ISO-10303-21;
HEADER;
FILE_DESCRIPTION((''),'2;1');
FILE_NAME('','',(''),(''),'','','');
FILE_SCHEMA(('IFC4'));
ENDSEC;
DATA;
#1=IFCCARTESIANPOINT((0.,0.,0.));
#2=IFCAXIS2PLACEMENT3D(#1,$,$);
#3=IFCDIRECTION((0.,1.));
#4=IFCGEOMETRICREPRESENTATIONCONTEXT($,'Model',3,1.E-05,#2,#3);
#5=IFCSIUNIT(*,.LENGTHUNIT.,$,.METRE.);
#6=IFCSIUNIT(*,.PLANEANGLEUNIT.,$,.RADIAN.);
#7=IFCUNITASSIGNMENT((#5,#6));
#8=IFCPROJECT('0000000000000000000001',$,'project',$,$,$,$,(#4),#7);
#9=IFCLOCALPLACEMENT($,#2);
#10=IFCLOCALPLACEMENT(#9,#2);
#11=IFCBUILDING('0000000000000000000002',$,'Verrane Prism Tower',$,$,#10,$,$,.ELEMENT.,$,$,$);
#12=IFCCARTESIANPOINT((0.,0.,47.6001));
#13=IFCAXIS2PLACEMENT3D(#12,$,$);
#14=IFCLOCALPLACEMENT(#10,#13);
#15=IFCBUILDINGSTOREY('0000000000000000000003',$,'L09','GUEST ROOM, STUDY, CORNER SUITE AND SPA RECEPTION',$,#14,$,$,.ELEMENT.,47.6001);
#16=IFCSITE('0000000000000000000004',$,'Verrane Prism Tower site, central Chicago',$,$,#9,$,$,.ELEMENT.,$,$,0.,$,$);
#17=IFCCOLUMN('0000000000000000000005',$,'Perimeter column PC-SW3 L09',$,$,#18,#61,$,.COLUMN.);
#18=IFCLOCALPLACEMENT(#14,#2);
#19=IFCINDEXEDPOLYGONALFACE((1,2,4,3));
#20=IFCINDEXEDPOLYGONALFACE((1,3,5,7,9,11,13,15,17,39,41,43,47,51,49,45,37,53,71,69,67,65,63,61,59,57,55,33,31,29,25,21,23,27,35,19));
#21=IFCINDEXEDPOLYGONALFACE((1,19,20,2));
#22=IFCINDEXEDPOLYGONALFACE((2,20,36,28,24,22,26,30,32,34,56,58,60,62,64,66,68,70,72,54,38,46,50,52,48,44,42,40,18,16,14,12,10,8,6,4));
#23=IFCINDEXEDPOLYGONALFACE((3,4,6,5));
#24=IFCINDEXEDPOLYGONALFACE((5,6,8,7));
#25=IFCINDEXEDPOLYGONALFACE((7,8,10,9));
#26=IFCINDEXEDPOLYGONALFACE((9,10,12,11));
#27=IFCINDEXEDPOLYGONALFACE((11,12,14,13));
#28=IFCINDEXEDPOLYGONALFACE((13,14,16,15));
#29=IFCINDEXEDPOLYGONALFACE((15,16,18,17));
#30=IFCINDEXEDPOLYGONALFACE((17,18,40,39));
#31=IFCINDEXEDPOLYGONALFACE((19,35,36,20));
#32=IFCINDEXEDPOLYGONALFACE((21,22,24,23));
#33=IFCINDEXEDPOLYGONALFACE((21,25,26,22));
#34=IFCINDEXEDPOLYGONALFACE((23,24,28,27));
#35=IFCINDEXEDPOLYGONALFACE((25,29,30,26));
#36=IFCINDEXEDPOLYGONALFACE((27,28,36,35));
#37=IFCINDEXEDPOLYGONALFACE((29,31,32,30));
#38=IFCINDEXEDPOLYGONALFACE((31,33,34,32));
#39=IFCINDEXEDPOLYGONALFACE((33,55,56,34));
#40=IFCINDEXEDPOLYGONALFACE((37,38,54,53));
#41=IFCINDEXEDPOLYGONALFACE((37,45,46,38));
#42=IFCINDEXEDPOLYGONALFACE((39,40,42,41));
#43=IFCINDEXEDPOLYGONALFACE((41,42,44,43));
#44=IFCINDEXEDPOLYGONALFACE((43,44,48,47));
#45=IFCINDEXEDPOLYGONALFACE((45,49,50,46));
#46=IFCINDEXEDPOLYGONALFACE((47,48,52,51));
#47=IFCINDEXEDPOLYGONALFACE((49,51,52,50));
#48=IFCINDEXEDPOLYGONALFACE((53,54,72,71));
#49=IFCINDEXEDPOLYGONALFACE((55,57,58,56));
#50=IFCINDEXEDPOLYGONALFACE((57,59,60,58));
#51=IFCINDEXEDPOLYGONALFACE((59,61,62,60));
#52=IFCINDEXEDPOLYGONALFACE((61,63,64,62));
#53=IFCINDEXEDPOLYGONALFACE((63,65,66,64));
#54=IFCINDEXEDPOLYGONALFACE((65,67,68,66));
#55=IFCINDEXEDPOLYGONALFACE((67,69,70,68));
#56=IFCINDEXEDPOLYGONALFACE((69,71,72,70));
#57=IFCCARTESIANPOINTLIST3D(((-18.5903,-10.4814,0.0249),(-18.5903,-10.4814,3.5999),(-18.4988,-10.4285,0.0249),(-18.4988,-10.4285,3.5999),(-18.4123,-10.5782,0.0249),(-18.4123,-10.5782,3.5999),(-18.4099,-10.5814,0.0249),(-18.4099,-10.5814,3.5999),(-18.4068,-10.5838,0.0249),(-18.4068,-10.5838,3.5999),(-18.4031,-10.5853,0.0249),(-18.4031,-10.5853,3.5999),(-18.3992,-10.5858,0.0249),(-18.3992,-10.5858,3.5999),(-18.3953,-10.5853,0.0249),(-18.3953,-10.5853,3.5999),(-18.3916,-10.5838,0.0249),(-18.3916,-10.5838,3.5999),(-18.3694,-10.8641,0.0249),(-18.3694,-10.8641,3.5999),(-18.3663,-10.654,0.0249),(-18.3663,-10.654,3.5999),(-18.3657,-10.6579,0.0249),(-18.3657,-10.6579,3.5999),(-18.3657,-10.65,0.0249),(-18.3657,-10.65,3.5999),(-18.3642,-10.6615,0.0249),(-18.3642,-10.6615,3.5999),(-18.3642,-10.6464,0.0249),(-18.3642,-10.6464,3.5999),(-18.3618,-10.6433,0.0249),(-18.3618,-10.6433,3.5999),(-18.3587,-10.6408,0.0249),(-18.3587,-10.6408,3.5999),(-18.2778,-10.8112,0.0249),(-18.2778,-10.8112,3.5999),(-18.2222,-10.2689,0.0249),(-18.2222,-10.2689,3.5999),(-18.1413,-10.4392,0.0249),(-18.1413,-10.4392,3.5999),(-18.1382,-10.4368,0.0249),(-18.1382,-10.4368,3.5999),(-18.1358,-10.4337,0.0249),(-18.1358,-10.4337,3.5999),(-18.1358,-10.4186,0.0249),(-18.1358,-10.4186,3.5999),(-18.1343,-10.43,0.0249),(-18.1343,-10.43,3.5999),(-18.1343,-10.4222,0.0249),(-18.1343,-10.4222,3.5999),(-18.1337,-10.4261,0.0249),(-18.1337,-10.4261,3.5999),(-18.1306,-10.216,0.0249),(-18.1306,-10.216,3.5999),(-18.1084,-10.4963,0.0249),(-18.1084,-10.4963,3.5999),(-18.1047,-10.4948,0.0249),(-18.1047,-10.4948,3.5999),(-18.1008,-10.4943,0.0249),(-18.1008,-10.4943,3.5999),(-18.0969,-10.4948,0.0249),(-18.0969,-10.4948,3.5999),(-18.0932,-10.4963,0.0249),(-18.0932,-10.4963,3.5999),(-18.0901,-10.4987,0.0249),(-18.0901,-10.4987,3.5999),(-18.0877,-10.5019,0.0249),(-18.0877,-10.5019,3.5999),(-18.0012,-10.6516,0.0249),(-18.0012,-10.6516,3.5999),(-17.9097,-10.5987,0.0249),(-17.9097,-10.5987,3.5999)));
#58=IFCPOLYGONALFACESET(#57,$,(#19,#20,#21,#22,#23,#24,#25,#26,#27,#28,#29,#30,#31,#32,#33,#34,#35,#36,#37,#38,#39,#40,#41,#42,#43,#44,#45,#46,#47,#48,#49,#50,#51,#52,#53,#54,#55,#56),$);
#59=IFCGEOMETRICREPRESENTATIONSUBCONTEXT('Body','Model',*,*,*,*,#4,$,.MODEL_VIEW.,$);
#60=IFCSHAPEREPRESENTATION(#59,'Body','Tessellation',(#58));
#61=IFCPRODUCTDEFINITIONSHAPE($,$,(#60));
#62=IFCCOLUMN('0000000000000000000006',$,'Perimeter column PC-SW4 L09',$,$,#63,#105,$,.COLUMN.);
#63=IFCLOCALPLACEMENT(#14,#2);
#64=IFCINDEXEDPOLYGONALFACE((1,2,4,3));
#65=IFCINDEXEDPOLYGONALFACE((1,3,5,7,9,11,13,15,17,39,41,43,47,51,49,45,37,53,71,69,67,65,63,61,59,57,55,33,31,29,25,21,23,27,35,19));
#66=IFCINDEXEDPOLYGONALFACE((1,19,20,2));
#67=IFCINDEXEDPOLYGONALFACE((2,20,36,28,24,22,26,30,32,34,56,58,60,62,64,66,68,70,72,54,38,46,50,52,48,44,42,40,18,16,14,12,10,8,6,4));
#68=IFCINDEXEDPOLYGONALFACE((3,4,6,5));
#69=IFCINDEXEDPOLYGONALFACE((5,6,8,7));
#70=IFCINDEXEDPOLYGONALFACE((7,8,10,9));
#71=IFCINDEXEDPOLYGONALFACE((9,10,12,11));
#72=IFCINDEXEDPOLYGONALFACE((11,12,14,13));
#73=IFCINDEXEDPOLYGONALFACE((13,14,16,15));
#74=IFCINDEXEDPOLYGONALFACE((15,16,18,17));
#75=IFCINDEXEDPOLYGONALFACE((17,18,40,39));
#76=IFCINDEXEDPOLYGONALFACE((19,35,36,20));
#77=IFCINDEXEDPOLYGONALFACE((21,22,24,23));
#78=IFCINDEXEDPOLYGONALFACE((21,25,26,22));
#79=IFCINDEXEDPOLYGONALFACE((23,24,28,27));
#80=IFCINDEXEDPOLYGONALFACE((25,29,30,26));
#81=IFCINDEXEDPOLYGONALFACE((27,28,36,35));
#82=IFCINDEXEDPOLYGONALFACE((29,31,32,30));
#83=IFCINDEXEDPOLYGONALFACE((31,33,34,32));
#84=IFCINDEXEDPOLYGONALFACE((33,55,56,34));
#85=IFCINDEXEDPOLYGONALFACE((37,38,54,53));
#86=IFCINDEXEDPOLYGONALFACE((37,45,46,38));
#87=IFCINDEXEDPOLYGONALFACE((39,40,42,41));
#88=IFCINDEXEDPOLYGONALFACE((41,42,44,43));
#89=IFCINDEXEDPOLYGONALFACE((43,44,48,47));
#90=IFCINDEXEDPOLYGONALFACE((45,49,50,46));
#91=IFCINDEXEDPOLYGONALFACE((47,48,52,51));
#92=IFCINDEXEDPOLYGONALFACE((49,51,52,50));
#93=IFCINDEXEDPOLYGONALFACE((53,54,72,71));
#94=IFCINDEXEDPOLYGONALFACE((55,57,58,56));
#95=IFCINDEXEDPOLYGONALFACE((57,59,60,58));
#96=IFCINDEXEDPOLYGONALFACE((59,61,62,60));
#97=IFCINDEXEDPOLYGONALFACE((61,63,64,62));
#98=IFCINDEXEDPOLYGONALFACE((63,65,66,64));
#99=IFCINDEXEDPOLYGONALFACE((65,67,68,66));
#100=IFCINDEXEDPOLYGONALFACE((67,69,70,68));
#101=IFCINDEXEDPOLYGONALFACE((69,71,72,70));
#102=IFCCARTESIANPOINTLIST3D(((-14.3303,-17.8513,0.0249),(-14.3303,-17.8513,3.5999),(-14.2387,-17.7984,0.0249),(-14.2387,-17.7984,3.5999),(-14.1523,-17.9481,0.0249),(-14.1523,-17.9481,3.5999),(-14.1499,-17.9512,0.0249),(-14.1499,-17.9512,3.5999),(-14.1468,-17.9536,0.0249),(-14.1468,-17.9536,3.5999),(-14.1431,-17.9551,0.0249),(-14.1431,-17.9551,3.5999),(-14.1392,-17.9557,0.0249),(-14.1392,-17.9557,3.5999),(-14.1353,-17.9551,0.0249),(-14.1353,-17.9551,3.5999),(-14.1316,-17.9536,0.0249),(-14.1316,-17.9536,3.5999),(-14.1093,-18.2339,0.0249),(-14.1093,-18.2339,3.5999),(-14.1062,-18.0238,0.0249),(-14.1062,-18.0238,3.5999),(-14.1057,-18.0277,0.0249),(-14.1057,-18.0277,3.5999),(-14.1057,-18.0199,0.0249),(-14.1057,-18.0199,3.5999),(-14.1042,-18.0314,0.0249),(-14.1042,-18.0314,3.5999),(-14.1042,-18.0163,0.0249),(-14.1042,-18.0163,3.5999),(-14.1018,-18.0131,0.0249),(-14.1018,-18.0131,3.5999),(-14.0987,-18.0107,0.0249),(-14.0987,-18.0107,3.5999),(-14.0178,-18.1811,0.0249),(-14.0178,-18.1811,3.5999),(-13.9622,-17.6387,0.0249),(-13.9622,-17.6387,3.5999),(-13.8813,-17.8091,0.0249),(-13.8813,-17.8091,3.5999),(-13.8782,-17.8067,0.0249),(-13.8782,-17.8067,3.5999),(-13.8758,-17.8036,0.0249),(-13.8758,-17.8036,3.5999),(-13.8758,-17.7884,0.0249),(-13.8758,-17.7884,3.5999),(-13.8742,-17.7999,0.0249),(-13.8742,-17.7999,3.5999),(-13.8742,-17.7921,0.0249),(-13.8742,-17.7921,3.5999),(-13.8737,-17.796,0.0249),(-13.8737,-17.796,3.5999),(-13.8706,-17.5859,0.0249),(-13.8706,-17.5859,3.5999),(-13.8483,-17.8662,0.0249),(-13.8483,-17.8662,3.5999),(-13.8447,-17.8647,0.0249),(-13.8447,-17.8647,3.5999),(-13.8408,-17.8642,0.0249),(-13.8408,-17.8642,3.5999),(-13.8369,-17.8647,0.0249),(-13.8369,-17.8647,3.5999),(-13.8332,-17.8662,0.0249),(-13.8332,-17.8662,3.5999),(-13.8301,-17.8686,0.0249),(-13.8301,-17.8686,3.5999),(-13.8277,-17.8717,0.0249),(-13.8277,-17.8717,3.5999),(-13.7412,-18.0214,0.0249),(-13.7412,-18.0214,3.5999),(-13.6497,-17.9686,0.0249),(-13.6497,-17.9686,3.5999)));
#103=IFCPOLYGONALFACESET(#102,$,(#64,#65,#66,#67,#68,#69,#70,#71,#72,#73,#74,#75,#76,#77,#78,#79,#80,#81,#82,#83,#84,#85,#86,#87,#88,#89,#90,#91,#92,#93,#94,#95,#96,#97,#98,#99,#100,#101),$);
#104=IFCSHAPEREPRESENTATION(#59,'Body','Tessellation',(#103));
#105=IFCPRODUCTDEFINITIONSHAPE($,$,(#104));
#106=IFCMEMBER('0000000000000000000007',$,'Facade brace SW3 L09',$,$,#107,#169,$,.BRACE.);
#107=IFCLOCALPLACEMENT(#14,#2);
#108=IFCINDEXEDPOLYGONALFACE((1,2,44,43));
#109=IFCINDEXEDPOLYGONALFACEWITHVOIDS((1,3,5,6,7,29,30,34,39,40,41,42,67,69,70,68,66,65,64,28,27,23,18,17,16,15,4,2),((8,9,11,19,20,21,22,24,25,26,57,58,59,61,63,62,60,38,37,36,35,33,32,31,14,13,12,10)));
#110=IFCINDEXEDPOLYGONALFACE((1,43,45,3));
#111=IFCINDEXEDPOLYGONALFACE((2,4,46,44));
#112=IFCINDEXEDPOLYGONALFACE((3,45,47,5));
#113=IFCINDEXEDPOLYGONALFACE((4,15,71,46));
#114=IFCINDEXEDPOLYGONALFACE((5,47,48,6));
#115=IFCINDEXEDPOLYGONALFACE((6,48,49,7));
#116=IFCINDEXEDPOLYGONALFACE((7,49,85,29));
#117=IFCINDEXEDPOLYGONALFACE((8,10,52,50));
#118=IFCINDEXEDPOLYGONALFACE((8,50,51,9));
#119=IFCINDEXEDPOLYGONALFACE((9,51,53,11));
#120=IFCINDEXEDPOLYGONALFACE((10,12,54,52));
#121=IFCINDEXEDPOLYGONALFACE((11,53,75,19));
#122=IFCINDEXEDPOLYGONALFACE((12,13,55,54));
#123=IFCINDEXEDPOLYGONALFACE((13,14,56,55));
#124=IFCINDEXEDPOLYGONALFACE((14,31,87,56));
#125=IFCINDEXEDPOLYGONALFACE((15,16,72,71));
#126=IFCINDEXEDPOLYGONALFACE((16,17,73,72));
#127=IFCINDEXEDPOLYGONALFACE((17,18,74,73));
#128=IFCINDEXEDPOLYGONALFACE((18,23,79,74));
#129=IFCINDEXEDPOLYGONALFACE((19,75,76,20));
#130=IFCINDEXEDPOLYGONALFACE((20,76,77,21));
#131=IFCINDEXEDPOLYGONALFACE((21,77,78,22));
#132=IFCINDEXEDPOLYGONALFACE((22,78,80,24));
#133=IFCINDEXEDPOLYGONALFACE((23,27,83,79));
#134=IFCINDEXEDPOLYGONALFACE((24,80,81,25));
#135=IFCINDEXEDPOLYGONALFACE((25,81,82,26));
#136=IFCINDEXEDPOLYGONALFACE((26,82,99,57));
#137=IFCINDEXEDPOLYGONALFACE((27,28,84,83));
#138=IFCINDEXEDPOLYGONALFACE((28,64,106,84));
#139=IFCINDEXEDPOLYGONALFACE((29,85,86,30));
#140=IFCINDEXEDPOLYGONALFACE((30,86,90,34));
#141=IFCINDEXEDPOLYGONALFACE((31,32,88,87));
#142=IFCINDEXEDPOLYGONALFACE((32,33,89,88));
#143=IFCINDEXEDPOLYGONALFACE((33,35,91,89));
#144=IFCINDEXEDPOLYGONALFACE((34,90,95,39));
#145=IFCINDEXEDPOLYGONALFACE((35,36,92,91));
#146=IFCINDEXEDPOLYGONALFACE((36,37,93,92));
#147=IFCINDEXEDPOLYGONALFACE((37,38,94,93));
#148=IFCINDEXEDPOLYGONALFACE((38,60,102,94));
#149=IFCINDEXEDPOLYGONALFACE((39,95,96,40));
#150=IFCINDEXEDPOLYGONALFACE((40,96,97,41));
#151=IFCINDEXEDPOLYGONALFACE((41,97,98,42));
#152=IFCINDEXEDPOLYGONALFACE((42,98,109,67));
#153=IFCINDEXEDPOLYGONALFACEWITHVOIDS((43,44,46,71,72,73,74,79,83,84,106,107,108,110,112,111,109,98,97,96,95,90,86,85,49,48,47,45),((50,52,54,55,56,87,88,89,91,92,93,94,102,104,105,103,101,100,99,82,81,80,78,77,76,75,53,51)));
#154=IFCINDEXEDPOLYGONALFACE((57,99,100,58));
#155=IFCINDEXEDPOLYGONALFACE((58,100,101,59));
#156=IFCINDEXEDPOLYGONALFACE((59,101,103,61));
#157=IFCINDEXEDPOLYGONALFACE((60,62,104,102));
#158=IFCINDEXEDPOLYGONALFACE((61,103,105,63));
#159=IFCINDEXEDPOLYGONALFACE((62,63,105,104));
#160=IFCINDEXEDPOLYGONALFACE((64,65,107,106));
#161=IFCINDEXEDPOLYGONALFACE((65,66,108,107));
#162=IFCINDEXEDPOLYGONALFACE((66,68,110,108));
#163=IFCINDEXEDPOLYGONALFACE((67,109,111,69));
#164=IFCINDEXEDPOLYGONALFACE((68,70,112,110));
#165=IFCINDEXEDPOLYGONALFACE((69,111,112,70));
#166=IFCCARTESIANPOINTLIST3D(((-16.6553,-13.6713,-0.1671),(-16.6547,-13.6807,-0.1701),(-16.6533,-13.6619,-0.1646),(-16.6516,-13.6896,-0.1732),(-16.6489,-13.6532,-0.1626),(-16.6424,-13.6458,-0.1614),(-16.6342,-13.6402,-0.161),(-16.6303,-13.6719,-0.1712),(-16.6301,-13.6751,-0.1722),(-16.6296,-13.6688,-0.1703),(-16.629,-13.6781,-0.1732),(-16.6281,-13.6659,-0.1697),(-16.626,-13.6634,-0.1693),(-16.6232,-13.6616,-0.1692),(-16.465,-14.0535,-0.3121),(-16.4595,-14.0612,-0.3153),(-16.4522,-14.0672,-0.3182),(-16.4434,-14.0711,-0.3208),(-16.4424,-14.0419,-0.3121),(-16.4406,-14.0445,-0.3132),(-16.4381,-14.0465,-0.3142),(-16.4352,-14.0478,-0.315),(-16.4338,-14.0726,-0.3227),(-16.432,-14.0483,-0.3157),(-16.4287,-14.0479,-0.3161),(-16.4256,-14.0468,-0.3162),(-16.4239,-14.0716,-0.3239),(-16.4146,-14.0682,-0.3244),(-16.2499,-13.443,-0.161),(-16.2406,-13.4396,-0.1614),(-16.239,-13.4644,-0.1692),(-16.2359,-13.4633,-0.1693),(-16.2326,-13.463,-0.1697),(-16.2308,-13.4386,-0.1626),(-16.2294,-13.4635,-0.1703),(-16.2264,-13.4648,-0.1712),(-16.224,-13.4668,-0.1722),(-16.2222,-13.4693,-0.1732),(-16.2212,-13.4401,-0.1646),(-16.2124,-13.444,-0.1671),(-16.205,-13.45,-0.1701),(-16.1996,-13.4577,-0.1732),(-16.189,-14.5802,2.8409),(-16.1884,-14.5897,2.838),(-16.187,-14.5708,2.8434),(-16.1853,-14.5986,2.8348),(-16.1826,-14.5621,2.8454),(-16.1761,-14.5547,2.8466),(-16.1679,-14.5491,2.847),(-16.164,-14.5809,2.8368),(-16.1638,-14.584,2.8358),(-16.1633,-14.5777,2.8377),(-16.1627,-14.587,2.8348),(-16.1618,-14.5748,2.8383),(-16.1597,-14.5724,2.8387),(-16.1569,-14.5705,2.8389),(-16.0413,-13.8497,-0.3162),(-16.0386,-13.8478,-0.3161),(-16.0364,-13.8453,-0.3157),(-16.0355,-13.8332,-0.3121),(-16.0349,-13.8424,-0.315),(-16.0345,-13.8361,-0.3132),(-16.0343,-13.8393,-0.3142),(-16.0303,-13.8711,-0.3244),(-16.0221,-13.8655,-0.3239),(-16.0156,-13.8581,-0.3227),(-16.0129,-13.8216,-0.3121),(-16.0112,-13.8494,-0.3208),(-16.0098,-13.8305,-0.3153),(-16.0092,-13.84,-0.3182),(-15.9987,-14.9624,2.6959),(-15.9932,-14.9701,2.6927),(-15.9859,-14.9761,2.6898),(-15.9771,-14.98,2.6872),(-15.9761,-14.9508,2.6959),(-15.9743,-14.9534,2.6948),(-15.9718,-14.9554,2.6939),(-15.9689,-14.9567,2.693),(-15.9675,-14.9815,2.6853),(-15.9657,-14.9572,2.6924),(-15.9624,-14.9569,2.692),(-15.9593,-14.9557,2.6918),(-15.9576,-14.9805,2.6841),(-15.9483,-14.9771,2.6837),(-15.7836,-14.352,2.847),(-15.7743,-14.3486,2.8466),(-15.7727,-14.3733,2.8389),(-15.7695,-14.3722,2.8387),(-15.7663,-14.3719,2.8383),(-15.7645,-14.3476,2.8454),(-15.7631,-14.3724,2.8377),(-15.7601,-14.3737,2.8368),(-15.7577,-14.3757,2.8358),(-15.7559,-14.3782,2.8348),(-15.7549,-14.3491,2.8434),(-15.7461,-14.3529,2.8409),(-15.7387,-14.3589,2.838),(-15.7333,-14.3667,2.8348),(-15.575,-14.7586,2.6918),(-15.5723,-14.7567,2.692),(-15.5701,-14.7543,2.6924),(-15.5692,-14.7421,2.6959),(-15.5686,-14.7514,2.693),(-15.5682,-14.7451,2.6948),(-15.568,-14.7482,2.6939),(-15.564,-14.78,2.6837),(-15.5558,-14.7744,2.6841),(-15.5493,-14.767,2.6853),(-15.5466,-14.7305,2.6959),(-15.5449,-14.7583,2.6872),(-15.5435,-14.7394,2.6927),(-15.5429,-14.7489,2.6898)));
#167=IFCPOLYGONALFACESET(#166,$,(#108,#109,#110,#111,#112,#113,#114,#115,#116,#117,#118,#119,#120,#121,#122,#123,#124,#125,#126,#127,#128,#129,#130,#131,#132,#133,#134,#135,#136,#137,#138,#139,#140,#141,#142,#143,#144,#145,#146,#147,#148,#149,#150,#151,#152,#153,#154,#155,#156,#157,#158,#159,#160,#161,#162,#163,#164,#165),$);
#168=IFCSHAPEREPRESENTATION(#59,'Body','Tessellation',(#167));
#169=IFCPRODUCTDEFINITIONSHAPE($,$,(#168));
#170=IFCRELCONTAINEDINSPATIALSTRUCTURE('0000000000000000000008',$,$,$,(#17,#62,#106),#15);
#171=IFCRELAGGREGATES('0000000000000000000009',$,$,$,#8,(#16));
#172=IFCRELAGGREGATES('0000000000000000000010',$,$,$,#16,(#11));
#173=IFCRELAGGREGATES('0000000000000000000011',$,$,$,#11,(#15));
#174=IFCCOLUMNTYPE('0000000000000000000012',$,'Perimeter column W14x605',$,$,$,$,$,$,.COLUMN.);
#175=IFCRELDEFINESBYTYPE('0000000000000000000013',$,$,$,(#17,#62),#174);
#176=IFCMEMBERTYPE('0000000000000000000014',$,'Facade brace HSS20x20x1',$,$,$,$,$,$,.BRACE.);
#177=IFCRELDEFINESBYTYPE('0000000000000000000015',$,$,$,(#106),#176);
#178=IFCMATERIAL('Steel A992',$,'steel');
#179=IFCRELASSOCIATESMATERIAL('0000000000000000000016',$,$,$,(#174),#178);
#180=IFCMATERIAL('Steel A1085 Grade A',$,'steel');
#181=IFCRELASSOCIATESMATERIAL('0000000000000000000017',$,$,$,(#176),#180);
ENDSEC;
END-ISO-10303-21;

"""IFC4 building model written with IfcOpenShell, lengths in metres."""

from ifc_helpers import new_model, si_unit, direction, frame, origin, origin_2d, place, context, subcontext, project, spatial, hollow_rectangle, i_section, extrude, material, material_profile, profile_set, type_object, element, save


model = new_model("IFC4")

# Units and contexts
model_context = context("Model", 3, precision=1e-05, world=origin(), true_north=direction((0.0, 1.0)))
body_context = subcontext(model_context, "Body", "Model", "MODEL_VIEW")
ifc_project = project(units=[si_unit("LENGTHUNIT", "METRE"), si_unit("PLANEANGLEUNIT", "RADIAN")], contexts=[model_context])

# Site, building, storey
site_placement = place(None, origin())
site = spatial("IfcSite", under=ifc_project, at=site_placement, Name="Verrane Prism Tower site, central Chicago", CompositionType="ELEMENT", RefElevation=0.0)
building_placement = place(site_placement, origin())
building = spatial("IfcBuilding", under=site, at=building_placement, Name="Verrane Prism Tower", CompositionType="ELEMENT")
storey_placement = place(building_placement, frame((0.0, 0.0, 47.6001)))
storey = spatial("IfcBuildingStorey", under=building, at=storey_placement, Name="L09", Description="GUEST ROOM, STUDY, CORNER SUITE AND SPA RECEPTION", CompositionType="ELEMENT", Elevation=47.6001)

# Columns
ifc_material_1 = material(Name="Steel A992", Category="steel")
ifc_material_profile_1 = material_profile(ifc_material_1, i_section(OverallWidth=0.4419, OverallDepth=0.5308, WebThickness=0.0659, FlangeThickness=0.1057, FilletRadius=0.0151, at=origin_2d()), Name="W14x605")
ifc_profile_set_1 = profile_set([ifc_material_profile_1], Name="Steel A992")
column_type = type_object("IfcColumnType", Name="Perimeter column W14x605", PredefinedType="COLUMN", material=ifc_profile_set_1)
for number, where, z_axis, x_axis, name in (
    (1, (-18.25, -10.54, 0.0249), (0.0, 0.0, 1.0), (-0.5, 0.866025, 0.0), "Perimeter column PC-SW3 L09"),
    (2, (-13.99, -17.9099, 0.0249), (0.0, 0.0, 1.0), (-0.5, 0.866025, 0.0), "Perimeter column PC-SW4 L09"),
):
    element("IfcColumn", number, at=place(storey_placement, frame(where, z_axis=z_axis, x_axis=x_axis)), inside=storey, type_object=column_type, Name=name, PredefinedType="COLUMN", context=body_context, shape_type="SweptSolid", body=[
        extrude(i_section(OverallWidth=0.4419, OverallDepth=0.5308, WebThickness=0.0659, FlangeThickness=0.1057, FilletRadius=0.0151, at=origin_2d()), origin(), (0.0, 0.0, 1.0), 3.575),
    ])

# Member
ifc_material_2 = material(Name="Steel A1085 Grade A", Category="steel")
ifc_material_profile_2 = material_profile(ifc_material_2, hollow_rectangle(XDim=0.5081, YDim=0.5081, WallThickness=0.0254, InnerFilletRadius=0.0127, OuterFilletRadius=0.0381, at=origin_2d()), Name="HSS20x20x1")
ifc_profile_set_2 = profile_set([ifc_material_profile_2], Name="Steel A1085 Grade A")
member_type_1 = type_object("IfcMemberType", Name="Facade brace HSS20x20x1", PredefinedType="BRACE", material=ifc_profile_set_2)
member_1_placement = place(storey_placement, frame((-16.3323, -13.7556, -0.2427), z_axis=(0.146786, -0.286117, 0.946885), x_axis=(0.889743, 0.456462, 0.0)))
element("IfcMember", 3, at=member_1_placement, inside=storey, type_object=member_type_1, Name="Facade brace SW3 L09", PredefinedType="BRACE", context=body_context, shape_type="SweptSolid", body=[
    extrude(hollow_rectangle(XDim=0.5081, YDim=0.5081, WallThickness=0.0254, InnerFilletRadius=0.0127, OuterFilletRadius=0.0381, at=origin_2d()), origin(), (0.0, 0.0, 1.0), 3.1768),
])

save(model, "model.ifc")
